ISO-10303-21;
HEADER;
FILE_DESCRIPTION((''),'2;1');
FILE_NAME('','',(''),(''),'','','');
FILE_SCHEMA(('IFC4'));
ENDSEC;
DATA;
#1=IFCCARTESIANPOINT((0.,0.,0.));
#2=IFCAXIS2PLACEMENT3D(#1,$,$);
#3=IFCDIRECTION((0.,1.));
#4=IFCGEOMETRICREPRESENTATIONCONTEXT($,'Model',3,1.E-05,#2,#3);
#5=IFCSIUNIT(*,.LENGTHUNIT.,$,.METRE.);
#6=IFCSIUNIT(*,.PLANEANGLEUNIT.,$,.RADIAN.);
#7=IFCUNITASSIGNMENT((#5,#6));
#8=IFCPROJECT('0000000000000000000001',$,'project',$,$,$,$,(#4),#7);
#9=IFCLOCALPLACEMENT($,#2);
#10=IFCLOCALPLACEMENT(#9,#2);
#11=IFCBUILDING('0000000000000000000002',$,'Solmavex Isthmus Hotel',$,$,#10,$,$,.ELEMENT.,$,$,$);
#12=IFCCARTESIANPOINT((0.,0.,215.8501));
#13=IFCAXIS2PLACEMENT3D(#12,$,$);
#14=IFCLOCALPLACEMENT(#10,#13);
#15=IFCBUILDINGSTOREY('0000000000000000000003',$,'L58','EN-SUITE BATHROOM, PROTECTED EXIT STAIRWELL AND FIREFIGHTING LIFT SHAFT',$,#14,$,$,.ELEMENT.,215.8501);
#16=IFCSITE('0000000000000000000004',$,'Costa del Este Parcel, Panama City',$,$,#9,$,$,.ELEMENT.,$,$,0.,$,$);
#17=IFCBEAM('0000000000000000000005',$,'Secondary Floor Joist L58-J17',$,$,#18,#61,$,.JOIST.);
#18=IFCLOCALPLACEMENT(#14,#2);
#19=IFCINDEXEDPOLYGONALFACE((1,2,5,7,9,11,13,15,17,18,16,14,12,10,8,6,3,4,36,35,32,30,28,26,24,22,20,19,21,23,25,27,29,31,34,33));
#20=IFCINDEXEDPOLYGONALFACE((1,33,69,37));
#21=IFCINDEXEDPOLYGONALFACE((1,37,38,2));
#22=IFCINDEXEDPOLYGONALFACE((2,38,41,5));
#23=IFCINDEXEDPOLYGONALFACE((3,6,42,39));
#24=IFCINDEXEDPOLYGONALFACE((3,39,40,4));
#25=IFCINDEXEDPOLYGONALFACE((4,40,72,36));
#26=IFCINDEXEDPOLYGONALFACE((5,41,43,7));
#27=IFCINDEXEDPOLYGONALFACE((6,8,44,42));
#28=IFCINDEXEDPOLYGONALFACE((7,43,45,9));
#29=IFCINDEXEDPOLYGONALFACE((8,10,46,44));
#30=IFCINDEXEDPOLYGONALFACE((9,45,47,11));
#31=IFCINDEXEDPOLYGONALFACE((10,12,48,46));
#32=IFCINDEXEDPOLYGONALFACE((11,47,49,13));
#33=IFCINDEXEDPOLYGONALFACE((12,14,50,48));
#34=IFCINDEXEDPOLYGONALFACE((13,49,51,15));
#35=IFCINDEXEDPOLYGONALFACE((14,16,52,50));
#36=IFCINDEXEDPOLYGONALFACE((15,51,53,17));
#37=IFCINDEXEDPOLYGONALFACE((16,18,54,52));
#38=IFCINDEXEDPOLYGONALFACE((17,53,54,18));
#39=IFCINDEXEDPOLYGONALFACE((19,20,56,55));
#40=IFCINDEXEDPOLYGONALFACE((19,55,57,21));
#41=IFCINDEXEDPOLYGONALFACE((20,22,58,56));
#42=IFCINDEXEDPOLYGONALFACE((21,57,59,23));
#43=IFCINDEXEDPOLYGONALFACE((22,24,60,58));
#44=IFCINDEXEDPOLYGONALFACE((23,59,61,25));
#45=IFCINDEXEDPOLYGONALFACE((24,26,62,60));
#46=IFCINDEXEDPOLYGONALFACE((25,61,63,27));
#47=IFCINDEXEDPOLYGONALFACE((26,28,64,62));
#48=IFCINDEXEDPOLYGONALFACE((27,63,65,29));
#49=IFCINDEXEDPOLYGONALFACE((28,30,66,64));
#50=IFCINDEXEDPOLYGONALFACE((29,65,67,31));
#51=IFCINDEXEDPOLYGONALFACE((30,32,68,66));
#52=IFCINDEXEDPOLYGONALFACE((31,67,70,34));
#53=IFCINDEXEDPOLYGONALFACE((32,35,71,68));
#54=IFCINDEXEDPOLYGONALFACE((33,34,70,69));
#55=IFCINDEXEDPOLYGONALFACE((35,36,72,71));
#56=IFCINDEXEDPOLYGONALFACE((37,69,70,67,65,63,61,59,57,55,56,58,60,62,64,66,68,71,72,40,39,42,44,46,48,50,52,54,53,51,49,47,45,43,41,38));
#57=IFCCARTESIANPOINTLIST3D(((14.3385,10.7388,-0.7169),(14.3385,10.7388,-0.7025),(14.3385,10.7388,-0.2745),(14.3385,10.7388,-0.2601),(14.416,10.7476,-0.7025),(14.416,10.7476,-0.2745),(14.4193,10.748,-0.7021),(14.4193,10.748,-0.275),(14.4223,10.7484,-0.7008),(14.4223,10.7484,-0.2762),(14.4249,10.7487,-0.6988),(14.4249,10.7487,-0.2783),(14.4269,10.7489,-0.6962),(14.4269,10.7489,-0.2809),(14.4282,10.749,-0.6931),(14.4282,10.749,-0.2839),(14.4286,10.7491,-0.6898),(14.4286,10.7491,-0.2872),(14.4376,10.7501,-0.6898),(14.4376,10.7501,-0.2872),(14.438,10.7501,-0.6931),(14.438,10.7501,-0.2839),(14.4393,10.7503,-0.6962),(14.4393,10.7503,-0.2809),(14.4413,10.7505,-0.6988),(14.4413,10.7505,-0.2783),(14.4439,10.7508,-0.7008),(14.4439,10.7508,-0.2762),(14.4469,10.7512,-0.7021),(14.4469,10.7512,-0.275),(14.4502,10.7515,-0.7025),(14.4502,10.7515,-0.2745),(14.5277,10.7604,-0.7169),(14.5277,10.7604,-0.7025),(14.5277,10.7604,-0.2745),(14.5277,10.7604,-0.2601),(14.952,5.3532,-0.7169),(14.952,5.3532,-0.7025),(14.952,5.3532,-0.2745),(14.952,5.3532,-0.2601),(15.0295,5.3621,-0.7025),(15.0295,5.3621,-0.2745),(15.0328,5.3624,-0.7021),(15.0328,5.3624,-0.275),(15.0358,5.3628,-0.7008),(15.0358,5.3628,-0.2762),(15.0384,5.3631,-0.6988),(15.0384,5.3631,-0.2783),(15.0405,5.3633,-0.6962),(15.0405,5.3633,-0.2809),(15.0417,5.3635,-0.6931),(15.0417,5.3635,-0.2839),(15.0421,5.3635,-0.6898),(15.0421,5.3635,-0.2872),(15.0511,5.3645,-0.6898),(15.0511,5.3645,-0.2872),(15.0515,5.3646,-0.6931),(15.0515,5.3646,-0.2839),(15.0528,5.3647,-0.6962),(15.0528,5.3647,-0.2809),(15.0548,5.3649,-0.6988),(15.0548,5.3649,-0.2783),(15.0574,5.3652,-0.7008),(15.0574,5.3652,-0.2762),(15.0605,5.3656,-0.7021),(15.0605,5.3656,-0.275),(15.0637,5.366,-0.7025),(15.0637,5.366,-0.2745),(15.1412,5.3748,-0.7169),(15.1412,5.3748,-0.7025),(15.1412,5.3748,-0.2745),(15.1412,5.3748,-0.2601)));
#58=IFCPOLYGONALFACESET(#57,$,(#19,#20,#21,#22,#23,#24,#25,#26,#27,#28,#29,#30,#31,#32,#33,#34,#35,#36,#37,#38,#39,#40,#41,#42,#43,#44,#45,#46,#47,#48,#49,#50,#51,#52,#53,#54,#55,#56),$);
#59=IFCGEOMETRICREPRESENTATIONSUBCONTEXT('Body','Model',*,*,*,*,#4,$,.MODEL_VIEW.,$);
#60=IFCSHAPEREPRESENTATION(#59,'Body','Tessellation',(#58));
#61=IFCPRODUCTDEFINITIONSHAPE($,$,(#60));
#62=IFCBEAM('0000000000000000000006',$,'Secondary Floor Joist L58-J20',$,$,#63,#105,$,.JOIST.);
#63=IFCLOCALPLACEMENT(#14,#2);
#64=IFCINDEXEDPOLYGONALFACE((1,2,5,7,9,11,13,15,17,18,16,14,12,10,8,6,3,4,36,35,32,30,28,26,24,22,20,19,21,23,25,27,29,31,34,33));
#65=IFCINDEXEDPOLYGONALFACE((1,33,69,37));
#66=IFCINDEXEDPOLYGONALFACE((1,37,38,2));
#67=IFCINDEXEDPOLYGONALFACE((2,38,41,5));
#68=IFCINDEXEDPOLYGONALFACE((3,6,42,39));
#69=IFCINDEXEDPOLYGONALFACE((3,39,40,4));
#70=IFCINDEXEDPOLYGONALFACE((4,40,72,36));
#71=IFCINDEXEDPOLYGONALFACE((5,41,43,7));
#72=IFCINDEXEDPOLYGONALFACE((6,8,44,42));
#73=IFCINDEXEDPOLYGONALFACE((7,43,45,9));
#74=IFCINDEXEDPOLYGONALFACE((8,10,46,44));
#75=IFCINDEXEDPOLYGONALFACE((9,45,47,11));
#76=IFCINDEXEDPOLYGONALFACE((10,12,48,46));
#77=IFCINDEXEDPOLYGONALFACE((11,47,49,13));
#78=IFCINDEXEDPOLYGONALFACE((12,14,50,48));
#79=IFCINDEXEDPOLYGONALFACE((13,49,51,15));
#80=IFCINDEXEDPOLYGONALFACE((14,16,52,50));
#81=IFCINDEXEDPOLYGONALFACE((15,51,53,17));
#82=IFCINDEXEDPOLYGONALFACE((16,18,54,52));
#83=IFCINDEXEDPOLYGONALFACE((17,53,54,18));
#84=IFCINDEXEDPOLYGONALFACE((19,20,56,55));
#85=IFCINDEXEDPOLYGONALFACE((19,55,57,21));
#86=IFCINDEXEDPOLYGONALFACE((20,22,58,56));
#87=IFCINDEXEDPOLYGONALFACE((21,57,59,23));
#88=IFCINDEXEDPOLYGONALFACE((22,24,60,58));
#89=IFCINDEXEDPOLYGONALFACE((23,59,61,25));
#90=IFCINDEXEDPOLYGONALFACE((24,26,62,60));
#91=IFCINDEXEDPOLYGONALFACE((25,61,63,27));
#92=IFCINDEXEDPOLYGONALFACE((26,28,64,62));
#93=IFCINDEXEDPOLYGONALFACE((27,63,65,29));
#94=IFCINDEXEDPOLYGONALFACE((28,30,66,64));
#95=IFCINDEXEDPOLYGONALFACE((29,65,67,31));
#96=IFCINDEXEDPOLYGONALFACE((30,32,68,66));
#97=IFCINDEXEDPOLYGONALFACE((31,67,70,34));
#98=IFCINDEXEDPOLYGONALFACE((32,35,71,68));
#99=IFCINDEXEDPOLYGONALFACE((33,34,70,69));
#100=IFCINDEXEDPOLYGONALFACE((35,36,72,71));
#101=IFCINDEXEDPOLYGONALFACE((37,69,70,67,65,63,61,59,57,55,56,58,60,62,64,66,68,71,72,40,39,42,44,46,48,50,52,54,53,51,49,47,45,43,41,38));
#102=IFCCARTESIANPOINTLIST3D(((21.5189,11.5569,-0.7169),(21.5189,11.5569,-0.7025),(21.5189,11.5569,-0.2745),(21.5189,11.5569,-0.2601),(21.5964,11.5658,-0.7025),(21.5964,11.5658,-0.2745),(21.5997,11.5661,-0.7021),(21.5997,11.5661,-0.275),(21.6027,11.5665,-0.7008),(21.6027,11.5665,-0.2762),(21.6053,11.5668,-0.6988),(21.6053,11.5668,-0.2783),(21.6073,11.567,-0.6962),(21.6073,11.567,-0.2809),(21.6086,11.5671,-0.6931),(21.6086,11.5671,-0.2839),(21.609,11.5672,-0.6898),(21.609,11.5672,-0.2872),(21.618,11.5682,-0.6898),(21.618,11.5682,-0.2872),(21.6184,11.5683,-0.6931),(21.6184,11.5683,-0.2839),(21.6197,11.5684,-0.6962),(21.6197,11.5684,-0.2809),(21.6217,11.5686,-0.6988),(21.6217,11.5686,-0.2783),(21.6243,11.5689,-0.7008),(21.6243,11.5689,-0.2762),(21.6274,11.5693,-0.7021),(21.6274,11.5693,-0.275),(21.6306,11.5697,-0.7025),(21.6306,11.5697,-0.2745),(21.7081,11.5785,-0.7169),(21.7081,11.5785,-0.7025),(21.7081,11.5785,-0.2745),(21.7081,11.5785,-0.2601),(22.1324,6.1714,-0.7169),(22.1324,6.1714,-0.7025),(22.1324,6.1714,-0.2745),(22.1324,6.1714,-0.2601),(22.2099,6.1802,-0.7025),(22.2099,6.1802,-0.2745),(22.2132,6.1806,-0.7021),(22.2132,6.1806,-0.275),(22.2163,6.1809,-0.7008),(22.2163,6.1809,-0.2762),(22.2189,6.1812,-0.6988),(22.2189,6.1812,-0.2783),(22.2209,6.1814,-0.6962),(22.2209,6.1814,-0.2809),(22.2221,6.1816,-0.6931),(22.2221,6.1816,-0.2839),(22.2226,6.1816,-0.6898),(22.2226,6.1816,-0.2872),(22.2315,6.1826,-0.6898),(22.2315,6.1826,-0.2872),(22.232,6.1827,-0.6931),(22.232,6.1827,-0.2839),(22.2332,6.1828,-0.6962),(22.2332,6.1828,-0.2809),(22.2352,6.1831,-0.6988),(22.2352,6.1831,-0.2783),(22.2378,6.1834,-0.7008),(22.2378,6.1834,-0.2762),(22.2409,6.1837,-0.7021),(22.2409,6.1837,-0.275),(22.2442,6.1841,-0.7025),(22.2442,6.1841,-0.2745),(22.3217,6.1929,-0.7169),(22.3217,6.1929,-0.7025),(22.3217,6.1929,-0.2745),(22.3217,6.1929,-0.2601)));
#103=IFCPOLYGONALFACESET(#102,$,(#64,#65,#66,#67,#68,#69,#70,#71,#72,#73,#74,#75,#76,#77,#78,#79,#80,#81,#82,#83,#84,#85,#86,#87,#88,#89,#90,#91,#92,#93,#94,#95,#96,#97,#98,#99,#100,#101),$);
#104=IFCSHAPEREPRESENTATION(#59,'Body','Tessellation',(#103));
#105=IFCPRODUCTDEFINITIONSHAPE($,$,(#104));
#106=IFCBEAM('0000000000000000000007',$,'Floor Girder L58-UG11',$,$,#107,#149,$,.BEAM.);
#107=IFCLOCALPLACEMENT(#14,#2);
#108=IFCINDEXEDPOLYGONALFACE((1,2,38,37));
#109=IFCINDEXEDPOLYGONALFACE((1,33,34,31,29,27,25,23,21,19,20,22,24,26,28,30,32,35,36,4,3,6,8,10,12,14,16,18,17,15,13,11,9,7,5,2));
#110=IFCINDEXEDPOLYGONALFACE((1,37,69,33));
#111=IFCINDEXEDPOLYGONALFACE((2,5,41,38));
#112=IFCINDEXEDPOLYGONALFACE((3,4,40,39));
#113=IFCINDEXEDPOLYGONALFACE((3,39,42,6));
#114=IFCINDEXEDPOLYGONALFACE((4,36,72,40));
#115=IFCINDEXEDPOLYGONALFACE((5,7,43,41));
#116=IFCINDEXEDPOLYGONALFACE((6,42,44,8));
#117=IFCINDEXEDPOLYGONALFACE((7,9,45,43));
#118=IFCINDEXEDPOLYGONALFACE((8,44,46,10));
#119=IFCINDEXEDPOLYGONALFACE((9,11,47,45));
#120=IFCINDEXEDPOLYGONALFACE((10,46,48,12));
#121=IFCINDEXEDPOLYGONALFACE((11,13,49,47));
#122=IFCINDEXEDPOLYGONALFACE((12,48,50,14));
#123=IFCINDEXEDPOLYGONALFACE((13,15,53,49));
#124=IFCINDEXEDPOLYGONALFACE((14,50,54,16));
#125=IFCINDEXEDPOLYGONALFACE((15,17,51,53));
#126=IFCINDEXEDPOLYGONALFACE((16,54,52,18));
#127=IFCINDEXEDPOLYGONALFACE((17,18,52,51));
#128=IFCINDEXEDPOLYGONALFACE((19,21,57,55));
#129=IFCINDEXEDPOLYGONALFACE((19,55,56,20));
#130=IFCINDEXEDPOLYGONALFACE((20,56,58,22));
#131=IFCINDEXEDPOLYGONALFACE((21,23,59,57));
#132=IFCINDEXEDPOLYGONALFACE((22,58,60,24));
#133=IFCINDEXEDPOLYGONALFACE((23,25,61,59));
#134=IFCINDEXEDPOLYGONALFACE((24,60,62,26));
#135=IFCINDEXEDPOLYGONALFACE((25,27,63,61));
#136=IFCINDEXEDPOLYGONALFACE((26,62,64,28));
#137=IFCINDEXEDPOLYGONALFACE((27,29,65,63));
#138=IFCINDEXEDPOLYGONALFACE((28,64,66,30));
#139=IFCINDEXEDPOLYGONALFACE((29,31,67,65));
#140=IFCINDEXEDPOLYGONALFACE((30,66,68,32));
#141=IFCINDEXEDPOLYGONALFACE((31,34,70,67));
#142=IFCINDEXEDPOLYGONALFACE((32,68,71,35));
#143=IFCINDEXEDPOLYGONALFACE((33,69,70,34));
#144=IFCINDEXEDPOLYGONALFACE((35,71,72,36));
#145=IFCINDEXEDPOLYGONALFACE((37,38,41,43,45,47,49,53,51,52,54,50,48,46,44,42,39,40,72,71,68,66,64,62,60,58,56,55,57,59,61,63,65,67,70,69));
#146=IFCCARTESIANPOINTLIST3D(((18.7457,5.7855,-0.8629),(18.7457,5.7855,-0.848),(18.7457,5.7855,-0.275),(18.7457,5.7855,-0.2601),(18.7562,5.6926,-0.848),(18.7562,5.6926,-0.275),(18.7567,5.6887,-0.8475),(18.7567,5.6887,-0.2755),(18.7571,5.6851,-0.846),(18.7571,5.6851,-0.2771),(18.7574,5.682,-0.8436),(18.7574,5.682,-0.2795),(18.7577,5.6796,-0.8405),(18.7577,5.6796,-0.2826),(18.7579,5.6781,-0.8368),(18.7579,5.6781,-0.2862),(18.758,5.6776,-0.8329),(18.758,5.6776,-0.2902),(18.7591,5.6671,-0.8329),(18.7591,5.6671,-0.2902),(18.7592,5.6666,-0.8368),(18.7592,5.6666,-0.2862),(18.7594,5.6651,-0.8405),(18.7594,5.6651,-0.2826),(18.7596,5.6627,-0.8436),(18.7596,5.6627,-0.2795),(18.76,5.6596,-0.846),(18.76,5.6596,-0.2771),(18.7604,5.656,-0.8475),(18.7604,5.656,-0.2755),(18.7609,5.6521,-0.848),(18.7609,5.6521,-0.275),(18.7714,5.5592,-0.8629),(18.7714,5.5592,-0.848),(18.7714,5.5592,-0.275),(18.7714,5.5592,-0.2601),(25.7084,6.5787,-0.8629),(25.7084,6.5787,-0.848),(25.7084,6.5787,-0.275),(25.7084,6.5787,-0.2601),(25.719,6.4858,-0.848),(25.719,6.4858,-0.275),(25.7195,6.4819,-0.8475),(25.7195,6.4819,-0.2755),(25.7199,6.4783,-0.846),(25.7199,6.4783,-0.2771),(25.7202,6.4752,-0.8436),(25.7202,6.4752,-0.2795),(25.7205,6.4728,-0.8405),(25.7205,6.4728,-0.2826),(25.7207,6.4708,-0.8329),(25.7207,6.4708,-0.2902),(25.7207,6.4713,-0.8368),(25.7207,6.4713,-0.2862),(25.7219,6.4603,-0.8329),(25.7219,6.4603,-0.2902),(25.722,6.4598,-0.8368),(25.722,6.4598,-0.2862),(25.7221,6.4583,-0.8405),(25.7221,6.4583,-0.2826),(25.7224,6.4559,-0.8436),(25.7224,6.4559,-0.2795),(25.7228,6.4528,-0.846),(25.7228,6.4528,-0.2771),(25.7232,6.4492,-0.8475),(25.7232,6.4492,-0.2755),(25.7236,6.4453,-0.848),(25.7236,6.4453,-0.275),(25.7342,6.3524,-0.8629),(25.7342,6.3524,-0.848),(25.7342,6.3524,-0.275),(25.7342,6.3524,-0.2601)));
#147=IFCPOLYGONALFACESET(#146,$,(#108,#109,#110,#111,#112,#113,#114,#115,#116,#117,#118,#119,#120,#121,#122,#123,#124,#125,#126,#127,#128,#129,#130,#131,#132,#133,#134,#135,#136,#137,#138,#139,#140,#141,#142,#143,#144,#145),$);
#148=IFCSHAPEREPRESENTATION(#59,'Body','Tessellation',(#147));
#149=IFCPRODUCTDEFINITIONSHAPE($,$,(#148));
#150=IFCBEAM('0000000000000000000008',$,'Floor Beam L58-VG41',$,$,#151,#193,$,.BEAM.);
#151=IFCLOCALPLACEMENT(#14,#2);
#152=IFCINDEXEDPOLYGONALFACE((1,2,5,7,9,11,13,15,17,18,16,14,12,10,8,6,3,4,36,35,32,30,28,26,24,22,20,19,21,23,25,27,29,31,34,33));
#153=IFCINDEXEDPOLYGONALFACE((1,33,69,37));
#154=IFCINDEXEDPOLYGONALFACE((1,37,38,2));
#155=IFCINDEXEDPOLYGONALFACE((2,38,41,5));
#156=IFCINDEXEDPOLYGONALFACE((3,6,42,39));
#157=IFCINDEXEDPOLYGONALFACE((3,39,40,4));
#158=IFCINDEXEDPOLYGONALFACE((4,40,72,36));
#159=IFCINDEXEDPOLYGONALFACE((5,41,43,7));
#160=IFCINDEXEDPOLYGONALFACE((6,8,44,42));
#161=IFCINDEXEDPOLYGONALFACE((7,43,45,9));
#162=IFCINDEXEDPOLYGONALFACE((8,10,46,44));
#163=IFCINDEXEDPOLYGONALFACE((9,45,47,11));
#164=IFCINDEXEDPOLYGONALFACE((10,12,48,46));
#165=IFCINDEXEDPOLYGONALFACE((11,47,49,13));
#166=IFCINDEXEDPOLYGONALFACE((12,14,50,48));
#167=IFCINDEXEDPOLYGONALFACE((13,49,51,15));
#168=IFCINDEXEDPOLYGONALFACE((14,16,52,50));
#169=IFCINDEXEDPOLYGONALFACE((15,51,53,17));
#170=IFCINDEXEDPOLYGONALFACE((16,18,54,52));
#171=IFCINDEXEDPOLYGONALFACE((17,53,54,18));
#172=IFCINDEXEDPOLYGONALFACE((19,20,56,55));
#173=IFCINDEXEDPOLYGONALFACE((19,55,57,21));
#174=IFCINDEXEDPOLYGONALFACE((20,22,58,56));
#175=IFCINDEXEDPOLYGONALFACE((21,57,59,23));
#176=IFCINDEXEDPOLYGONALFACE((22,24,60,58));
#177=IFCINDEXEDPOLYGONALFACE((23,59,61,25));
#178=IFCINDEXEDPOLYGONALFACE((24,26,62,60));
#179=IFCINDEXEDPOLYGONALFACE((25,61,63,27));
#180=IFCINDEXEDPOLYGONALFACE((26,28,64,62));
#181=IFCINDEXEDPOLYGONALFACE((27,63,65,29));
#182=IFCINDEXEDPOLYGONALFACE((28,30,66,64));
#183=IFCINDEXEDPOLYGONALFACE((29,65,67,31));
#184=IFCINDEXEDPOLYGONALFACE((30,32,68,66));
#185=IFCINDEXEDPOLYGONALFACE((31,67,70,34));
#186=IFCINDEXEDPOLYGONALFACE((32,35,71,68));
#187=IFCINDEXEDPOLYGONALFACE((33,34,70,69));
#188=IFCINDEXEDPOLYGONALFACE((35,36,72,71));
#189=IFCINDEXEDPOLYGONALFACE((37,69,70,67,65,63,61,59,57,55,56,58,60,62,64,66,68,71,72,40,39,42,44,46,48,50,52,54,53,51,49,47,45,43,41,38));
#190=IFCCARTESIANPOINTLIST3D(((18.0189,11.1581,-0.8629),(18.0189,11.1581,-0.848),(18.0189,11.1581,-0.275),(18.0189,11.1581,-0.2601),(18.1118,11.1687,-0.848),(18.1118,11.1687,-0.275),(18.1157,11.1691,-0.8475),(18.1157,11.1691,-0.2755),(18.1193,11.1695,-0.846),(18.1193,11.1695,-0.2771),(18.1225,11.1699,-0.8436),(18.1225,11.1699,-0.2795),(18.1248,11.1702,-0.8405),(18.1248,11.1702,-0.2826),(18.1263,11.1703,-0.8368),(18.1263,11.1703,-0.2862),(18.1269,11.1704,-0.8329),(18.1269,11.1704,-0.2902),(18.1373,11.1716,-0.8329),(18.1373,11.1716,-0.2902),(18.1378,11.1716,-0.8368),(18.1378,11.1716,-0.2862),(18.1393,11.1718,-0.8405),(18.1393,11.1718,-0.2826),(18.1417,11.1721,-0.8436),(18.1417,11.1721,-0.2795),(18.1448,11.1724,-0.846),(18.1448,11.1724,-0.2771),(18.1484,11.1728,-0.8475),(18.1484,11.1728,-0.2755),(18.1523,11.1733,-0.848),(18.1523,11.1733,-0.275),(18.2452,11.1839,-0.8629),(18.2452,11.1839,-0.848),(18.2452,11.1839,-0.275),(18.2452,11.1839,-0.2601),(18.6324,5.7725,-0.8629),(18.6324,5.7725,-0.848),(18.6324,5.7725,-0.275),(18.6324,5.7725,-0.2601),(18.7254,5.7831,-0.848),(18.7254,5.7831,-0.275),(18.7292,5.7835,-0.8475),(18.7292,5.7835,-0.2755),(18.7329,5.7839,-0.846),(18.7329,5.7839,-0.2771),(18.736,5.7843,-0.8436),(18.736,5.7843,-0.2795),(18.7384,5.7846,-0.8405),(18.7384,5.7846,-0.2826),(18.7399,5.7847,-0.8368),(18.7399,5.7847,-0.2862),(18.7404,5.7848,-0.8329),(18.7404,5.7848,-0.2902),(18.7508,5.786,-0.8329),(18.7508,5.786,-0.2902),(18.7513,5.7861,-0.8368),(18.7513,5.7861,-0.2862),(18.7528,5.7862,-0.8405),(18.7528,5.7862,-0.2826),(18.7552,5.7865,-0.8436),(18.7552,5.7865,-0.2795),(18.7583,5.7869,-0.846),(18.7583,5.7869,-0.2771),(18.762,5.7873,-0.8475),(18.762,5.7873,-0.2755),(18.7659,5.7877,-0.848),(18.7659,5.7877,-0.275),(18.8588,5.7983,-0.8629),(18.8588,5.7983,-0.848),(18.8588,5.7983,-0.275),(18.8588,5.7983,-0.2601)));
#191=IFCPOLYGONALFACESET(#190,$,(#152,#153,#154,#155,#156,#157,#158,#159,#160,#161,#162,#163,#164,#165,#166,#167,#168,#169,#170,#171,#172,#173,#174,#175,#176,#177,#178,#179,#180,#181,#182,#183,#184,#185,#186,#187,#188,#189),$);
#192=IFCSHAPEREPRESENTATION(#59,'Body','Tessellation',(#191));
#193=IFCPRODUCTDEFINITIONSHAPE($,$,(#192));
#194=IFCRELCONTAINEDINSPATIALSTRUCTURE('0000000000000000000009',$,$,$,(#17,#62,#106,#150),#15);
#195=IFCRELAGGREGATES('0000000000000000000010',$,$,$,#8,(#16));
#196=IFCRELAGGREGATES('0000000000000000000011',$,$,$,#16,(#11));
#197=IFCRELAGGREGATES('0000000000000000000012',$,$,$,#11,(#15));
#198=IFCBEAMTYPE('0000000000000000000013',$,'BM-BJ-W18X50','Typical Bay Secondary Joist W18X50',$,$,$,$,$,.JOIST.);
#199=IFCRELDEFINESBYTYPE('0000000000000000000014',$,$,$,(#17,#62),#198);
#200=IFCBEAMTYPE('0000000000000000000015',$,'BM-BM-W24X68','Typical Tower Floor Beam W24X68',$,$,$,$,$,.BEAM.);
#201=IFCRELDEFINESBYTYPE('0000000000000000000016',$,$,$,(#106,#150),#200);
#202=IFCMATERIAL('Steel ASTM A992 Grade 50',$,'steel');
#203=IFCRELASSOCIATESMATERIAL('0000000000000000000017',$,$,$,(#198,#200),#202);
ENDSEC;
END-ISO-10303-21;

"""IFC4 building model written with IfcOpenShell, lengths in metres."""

from ifc_helpers import new_model, si_unit, direction, frame, origin, origin_2d, place, context, subcontext, project, spatial, i_section, extrude, material, material_profile, profile_set, type_object, element, save


model = new_model("IFC4")

# Units and contexts
model_context = context("Model", 3, precision=1e-05, world=origin(), true_north=direction((0.0, 1.0)))
body_context = subcontext(model_context, "Body", "Model", "MODEL_VIEW")
ifc_project = project(units=[si_unit("LENGTHUNIT", "METRE"), si_unit("PLANEANGLEUNIT", "RADIAN")], contexts=[model_context])

# Site, building, storey
site_placement = place(None, origin())
site = spatial("IfcSite", under=ifc_project, at=site_placement, Name="Costa del Este Parcel, Panama City", CompositionType="ELEMENT", RefElevation=0.0)
building_placement = place(site_placement, origin())
building = spatial("IfcBuilding", under=site, at=building_placement, Name="Solmavex Isthmus Hotel", CompositionType="ELEMENT")
storey_placement = place(building_placement, frame((0.0, 0.0, 215.8501)))
storey = spatial("IfcBuildingStorey", under=building, at=storey_placement, Name="L58", Description="EN-SUITE BATHROOM, PROTECTED EXIT STAIRWELL AND FIREFIGHTING LIFT SHAFT", CompositionType="ELEMENT", Elevation=215.8501)

# Beams
ifc_material_1 = material(Name="Steel ASTM A992 Grade 50", Category="steel")
ifc_material_profile_1 = material_profile(ifc_material_1, i_section(OverallWidth=0.1904, OverallDepth=0.4568, WebThickness=0.009, FlangeThickness=0.0144, FilletRadius=0.0127, at=origin_2d()), Name="W18X50")
ifc_profile_set_1 = profile_set([ifc_material_profile_1], Name="Steel ASTM A992 Grade 50")
beam_type_1 = type_object("IfcBeamType", Name="BM-BJ-W18X50", Description="Typical Bay Secondary Joist W18X50", PredefinedType="JOIST", material=ifc_profile_set_1)
for number, where, z_axis, x_axis, name in (
    (1, (15.0466, 5.364, -0.4885), (-0.11319, 0.993573, 0.0), (-0.993573, -0.11319, 0.0), "Secondary Floor Joist L58-J17"),
    (2, (22.2271, 6.1821, -0.4885), (-0.11319, 0.993573, 0.0), (-0.993573, -0.11319, 0.0), "Secondary Floor Joist L58-J20"),
):
    element("IfcBeam", number, at=place(storey_placement, frame(where, z_axis=z_axis, x_axis=x_axis)), inside=storey, type_object=beam_type_1, Name=name, PredefinedType="JOIST", context=body_context, shape_type="SweptSolid", body=[
        extrude(i_section(OverallWidth=0.1904, OverallDepth=0.4568, WebThickness=0.009, FlangeThickness=0.0144, FilletRadius=0.0127, at=origin_2d()), origin(), (0.0, 0.0, 1.0), 5.4204),
    ])
ifc_material_profile_2 = material_profile(ifc_material_1, i_section(OverallWidth=0.2278, OverallDepth=0.6028, WebThickness=0.0105, FlangeThickness=0.0149, FilletRadius=0.0151, at=origin_2d()), Name="W24X68")
ifc_profile_set_2 = profile_set([ifc_material_profile_2], Name="Steel ASTM A992 Grade 50")
beam_type_2 = type_object("IfcBeamType", Name="BM-BM-W24X68", Description="Typical Tower Floor Beam W24X68", PredefinedType="BEAM", material=ifc_profile_set_2)
beam_1_placement = place(storey_placement, frame((18.7585, 5.6724, -0.5615), z_axis=(0.993574, 0.113188, 0.0), x_axis=(-0.113188, 0.993574, 0.0)))
element("IfcBeam", 3, at=beam_1_placement, inside=storey, type_object=beam_type_2, Name="Floor Girder L58-UG11", PredefinedType="BEAM", context=body_context, shape_type="SweptSolid", body=[
    extrude(i_section(OverallWidth=0.2278, OverallDepth=0.6028, WebThickness=0.0105, FlangeThickness=0.0149, FilletRadius=0.0151, at=origin_2d()), origin(), (0.0, 0.0, 1.0), 7.0078),
])
beam_2_placement = place(storey_placement, frame((18.7456, 5.7854, -0.5615), z_axis=(-0.11319, 0.993573, 0.0), x_axis=(-0.993573, -0.11319, 0.0)))
element("IfcBeam", 4, at=beam_2_placement, inside=storey, type_object=beam_type_2, Name="Floor Beam L58-VG41", PredefinedType="BEAM", context=body_context, shape_type="SweptSolid", body=[
    extrude(i_section(OverallWidth=0.2278, OverallDepth=0.6028, WebThickness=0.0105, FlangeThickness=0.0149, FilletRadius=0.0151, at=origin_2d()), origin(), (0.0, 0.0, 1.0), 5.4204),
])

save(model, "model.ifc")
